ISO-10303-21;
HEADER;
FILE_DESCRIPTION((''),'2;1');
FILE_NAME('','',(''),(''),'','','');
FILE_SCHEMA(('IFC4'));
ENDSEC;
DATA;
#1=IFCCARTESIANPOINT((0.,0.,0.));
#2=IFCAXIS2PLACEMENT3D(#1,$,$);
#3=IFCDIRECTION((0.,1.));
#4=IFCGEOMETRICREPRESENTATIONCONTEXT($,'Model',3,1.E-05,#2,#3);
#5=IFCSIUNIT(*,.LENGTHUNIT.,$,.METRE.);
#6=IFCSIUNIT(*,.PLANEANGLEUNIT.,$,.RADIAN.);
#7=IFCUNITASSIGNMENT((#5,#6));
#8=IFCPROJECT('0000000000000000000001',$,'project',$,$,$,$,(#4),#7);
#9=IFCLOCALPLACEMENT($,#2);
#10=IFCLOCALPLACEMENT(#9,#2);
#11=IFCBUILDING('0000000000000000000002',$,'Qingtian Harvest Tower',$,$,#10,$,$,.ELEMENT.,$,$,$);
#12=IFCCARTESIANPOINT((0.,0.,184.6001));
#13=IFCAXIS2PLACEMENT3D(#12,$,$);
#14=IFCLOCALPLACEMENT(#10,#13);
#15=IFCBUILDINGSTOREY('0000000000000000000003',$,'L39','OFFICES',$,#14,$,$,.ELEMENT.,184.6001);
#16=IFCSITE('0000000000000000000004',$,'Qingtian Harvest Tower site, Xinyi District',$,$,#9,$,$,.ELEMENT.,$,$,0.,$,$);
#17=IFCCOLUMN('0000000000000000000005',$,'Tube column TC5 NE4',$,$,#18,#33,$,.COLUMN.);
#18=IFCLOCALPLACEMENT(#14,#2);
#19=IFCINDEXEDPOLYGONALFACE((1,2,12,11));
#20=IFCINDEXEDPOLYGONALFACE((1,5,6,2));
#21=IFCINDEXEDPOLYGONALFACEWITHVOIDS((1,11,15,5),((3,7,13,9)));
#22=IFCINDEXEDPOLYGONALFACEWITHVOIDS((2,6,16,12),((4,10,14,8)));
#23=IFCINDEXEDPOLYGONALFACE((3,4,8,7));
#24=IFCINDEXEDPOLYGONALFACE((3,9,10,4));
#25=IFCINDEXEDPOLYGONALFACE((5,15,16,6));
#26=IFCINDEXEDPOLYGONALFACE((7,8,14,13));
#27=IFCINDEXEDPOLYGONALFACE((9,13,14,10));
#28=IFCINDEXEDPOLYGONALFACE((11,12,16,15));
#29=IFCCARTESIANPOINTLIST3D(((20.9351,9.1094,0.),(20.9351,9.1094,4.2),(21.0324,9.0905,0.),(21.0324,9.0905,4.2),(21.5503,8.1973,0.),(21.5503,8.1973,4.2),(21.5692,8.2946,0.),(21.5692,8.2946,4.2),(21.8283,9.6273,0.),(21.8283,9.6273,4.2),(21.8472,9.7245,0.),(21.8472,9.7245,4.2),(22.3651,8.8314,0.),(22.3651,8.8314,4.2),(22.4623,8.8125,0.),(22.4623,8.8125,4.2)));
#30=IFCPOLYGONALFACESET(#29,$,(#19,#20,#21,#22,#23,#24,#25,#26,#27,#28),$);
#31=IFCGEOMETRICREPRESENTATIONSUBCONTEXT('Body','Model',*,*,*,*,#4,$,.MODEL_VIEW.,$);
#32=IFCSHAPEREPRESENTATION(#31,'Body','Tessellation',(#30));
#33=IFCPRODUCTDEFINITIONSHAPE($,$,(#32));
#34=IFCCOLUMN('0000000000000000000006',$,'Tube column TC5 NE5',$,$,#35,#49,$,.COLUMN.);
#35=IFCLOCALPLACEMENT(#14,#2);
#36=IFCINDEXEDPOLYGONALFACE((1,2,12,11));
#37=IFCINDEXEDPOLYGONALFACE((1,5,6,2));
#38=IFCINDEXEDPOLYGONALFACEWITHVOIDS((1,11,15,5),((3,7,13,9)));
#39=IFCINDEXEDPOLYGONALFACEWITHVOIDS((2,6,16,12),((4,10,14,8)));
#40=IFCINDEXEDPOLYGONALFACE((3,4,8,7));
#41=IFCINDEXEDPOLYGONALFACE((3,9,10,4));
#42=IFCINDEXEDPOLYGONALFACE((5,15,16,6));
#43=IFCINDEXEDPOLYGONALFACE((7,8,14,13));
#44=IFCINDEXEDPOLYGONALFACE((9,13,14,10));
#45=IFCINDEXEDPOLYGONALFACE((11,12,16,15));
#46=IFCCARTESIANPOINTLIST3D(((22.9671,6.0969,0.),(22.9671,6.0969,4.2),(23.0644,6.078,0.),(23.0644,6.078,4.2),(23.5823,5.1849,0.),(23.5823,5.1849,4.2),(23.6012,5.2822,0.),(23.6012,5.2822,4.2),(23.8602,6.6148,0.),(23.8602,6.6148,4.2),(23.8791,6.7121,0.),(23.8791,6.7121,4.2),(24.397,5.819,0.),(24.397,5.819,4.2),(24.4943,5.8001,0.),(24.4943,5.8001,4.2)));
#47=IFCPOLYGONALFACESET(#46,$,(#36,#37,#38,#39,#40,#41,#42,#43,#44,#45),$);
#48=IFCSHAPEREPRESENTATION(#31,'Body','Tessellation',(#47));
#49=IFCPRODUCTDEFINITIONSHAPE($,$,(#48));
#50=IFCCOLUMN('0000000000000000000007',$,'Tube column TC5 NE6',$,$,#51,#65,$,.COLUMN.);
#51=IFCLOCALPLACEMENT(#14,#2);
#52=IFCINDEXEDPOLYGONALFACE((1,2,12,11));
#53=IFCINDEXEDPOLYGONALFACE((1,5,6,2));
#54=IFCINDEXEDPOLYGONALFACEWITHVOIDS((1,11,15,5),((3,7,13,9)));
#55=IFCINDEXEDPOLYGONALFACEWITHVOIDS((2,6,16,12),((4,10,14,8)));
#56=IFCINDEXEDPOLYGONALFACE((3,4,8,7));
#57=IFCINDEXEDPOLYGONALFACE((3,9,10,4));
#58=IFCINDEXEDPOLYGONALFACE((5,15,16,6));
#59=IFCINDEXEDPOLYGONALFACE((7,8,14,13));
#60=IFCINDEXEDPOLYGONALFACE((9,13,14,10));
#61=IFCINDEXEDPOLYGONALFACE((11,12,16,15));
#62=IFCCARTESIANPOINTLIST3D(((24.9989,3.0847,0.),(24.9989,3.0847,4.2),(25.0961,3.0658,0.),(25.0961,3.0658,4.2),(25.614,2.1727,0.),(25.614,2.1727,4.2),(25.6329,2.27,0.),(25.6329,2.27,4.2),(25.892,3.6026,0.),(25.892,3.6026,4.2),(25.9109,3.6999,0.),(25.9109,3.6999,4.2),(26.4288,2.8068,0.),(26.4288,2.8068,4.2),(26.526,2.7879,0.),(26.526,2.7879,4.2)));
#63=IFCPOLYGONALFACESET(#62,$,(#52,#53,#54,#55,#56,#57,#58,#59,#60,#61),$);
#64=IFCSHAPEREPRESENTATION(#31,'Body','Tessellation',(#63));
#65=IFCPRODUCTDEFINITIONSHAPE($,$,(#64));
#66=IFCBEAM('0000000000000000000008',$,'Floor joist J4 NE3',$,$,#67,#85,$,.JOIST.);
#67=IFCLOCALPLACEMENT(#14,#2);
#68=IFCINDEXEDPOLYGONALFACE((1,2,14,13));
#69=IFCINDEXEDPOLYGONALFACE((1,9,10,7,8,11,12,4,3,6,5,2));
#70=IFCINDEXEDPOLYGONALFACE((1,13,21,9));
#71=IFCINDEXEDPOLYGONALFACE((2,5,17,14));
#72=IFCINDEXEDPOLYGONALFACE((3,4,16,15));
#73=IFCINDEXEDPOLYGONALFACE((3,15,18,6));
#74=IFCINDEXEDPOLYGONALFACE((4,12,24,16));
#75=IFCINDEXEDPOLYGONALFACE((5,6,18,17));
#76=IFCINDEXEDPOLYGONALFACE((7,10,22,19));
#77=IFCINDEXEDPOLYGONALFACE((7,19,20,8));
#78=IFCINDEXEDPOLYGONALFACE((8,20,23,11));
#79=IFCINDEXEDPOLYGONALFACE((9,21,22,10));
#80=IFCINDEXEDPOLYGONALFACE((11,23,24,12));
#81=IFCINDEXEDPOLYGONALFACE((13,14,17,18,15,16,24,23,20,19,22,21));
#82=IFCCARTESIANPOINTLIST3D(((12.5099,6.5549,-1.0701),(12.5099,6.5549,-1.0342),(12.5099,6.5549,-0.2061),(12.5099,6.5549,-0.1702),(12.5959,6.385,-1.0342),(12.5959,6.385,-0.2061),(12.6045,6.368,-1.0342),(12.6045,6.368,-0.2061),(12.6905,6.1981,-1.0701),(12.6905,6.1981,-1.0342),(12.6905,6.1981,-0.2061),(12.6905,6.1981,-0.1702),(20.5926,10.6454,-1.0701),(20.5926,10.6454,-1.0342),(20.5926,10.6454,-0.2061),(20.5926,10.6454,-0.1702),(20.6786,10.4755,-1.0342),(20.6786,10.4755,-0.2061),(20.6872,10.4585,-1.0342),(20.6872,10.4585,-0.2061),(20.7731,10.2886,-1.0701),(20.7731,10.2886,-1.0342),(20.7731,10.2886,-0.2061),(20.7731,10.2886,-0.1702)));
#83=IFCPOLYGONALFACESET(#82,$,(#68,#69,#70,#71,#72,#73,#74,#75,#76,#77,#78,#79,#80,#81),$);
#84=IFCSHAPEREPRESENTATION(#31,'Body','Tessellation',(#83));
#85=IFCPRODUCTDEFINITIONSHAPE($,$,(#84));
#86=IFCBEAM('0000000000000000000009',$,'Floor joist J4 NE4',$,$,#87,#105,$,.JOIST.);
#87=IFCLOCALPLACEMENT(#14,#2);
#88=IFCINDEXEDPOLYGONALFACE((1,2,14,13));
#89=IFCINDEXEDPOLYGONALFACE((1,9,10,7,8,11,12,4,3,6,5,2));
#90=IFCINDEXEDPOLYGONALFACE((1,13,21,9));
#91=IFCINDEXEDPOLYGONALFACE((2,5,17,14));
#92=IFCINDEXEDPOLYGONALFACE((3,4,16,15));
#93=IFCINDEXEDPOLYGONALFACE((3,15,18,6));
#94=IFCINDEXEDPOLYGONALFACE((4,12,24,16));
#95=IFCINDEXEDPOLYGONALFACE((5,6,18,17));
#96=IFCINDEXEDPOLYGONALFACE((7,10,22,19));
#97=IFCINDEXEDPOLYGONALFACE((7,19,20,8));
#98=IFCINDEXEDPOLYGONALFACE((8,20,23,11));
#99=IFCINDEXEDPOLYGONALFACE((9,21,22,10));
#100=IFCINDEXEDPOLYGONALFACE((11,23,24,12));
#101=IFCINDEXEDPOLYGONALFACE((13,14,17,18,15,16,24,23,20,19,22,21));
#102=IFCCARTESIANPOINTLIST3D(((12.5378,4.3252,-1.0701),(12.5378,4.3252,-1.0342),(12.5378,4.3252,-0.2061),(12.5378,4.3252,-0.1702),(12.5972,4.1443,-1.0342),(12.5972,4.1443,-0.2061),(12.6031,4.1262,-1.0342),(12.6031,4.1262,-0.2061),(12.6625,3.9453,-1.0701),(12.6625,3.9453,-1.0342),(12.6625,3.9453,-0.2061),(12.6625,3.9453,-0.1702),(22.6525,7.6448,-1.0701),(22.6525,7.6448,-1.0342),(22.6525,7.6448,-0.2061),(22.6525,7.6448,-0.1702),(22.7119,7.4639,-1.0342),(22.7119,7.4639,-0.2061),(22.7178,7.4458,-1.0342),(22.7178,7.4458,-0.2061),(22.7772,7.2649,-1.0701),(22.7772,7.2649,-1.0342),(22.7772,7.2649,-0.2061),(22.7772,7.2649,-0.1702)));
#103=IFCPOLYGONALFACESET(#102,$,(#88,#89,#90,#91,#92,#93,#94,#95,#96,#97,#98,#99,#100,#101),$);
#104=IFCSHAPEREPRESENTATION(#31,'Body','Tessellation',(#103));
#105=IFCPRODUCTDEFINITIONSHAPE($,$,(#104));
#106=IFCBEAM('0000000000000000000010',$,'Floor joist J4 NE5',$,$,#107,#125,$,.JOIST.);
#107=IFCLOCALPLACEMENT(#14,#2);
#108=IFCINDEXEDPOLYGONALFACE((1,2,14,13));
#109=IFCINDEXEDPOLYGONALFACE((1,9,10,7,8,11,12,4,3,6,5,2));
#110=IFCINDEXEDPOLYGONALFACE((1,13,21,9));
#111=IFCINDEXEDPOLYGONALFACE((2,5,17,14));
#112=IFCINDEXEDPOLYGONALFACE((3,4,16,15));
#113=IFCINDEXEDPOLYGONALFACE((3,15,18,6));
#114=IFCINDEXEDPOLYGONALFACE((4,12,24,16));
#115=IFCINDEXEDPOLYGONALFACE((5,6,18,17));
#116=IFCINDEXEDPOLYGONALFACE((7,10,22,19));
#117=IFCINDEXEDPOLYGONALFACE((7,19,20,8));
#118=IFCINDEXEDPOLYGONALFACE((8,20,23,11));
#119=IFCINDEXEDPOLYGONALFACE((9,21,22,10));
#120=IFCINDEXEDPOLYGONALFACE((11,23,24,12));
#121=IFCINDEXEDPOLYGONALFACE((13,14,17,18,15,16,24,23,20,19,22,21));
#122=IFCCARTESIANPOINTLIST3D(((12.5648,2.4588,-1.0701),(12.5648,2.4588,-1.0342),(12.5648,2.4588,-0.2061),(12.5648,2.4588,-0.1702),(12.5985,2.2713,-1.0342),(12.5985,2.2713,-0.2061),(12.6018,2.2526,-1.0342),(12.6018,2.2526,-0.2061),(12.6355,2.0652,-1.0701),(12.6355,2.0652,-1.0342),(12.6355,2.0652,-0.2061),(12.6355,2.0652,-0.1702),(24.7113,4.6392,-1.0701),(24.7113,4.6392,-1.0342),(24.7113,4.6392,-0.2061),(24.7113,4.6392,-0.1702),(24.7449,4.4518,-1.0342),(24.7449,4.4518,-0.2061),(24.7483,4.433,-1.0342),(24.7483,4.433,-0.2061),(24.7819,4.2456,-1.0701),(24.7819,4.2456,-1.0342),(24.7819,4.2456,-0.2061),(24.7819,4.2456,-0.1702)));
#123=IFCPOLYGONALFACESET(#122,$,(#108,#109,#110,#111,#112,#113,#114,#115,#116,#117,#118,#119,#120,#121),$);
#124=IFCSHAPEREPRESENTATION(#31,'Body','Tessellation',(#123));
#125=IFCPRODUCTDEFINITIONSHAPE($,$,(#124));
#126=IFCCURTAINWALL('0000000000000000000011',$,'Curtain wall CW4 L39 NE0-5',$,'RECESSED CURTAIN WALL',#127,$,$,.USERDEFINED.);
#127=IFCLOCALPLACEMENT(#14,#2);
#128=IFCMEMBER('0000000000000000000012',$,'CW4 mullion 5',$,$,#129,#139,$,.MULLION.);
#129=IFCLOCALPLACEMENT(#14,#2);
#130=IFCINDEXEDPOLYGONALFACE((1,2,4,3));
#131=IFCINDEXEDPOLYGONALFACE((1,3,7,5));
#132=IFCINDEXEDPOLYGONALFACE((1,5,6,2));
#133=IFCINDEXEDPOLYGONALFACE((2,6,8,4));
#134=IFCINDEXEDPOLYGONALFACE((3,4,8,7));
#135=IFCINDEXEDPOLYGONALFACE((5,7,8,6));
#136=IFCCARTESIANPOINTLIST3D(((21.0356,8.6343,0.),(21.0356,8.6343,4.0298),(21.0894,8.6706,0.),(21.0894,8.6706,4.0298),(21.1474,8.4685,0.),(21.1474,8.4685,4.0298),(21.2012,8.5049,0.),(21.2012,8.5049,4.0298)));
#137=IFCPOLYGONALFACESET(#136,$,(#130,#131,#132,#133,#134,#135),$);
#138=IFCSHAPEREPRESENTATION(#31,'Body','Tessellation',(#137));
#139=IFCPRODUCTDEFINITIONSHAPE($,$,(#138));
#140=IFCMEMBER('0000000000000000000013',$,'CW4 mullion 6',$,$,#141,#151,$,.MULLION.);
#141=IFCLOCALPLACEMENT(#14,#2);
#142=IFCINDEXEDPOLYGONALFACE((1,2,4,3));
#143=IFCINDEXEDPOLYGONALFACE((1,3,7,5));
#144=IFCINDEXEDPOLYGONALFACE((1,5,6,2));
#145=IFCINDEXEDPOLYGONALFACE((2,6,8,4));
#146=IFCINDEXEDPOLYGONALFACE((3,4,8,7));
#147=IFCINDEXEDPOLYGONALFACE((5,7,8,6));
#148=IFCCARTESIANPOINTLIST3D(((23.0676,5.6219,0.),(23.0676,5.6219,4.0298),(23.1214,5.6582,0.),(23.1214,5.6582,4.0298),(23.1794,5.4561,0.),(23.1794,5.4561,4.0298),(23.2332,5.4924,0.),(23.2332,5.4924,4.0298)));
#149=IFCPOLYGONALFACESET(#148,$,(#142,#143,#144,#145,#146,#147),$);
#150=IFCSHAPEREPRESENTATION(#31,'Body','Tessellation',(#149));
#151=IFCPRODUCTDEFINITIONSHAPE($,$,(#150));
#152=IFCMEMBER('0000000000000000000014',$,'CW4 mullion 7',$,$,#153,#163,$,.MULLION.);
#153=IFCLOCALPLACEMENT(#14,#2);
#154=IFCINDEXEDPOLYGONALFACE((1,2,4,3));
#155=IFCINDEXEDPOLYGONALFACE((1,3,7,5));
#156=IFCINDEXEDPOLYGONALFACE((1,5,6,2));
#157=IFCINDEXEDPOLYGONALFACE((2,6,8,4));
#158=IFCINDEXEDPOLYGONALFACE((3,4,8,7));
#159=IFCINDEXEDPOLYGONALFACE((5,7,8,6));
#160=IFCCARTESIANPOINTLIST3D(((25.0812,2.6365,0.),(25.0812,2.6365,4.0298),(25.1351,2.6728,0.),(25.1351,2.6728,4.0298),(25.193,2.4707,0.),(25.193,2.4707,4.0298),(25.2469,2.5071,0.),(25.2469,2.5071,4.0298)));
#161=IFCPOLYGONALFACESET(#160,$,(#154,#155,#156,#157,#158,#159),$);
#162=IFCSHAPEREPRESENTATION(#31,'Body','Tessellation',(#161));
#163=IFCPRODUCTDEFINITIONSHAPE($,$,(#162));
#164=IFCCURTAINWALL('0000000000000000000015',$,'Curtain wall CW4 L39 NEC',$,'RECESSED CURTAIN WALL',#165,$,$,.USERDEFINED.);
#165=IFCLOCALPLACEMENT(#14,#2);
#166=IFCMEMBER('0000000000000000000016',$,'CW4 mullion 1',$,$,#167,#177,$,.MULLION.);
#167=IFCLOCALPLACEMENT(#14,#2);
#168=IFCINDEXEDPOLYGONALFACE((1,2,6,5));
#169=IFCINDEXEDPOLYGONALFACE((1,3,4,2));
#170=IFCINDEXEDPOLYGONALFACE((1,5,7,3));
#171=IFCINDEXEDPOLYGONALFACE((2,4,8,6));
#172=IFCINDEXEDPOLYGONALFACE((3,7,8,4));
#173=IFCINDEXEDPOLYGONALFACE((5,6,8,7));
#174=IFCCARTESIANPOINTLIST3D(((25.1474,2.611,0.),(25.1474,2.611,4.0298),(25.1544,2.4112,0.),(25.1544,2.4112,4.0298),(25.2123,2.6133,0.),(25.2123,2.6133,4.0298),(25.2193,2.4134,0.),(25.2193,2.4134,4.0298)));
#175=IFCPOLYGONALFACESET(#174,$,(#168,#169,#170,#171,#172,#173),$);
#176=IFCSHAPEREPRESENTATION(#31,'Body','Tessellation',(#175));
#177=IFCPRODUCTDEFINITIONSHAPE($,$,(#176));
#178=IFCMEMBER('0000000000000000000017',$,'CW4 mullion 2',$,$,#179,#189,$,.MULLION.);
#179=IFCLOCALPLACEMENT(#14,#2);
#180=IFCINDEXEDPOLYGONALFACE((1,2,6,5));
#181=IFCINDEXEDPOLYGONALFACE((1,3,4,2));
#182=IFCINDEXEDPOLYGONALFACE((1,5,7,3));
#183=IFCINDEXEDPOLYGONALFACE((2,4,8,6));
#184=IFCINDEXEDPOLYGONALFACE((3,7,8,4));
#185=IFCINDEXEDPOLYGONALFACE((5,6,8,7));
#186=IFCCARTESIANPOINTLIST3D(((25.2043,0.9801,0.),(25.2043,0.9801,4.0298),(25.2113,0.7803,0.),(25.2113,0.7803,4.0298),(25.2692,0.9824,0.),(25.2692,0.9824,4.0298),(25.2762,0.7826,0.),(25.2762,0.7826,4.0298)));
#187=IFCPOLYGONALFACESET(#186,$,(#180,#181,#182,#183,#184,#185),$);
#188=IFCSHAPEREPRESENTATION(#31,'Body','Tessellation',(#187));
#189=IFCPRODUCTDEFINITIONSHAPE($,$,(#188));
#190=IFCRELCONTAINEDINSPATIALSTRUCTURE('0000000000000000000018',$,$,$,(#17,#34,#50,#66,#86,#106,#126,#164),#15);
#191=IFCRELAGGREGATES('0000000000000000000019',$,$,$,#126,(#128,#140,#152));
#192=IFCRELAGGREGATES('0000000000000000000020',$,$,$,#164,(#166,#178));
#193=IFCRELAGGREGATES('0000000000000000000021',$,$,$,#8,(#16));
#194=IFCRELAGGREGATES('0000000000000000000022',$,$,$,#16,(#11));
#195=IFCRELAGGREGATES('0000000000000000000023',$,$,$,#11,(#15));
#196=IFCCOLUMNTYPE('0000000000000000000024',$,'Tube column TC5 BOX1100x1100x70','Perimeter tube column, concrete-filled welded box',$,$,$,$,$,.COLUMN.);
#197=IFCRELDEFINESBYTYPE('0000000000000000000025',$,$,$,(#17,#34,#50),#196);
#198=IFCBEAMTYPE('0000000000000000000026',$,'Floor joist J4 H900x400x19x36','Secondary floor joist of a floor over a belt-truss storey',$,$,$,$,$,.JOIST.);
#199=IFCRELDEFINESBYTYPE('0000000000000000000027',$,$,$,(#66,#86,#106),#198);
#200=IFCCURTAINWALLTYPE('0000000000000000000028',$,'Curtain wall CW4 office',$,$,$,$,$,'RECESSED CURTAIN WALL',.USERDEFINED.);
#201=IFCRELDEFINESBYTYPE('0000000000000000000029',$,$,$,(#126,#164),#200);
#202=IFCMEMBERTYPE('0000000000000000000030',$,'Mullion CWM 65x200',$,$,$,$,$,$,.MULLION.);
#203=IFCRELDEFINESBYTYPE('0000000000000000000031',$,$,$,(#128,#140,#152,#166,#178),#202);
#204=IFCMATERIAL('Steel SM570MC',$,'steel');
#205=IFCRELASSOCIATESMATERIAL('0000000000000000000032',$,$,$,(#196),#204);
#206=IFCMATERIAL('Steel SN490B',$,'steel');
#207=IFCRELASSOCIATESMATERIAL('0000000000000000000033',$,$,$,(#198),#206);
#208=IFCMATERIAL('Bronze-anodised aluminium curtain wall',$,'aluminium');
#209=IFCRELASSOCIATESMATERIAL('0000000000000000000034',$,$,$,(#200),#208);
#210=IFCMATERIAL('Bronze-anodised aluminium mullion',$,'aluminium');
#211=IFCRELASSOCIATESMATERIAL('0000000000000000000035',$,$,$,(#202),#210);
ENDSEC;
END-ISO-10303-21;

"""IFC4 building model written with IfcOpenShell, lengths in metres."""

from ifc_helpers import new_model, si_unit, direction, frame, origin, origin_2d, place, context, subcontext, project, spatial, rectangle, hollow_rectangle, i_section, extrude, material, material_profile, profile_set, type_object, element, aggregate, save


model = new_model("IFC4")

# Units and contexts
model_context = context("Model", 3, precision=1e-05, world=origin(), true_north=direction((0.0, 1.0)))
body_context = subcontext(model_context, "Body", "Model", "MODEL_VIEW")
ifc_project = project(units=[si_unit("LENGTHUNIT", "METRE"), si_unit("PLANEANGLEUNIT", "RADIAN")], contexts=[model_context])

# Site, building, storey
site_placement = place(None, origin())
site = spatial("IfcSite", under=ifc_project, at=site_placement, Name="Qingtian Harvest Tower site, Xinyi District", CompositionType="ELEMENT", RefElevation=0.0)
building_placement = place(site_placement, origin())
building = spatial("IfcBuilding", under=site, at=building_placement, Name="Qingtian Harvest Tower", CompositionType="ELEMENT")
storey_placement = place(building_placement, frame((0.0, 0.0, 184.6001)))
storey = spatial("IfcBuildingStorey", under=building, at=storey_placement, Name="L39", Description="OFFICES", CompositionType="ELEMENT", Elevation=184.6001)

# Columns
ifc_material_1 = material(Name="Steel SM570MC", Category="steel")
ifc_material_profile_1 = material_profile(ifc_material_1, hollow_rectangle(XDim=1.1001, YDim=1.1001, WallThickness=0.0701, at=origin_2d()), Name="BOX1100x1100x70")
ifc_profile_set_1 = profile_set([ifc_material_profile_1], Name="Steel SM570MC")
column_type = type_object("IfcColumnType", Name="Tube column TC5 BOX1100x1100x70", Description="Perimeter tube column, concrete-filled welded box", PredefinedType="COLUMN", material=ifc_profile_set_1)
for number, where, z_axis, x_axis, name in (
    (1, (21.6987, 8.9609, 0.0), (0.0, 0.0, 1.0), (-0.559193, 0.829038, 0.0), "Tube column TC5 NE4"),
    (2, (23.7307, 5.9485, 0.0), (0.0, 0.0, 1.0), (-0.559193, 0.829038, 0.0), "Tube column TC5 NE5"),
    (3, (25.7625, 2.9363, 0.0), (0.0, 0.0, 1.0), (-0.559193, 0.829038, 0.0), "Tube column TC5 NE6"),
):
    element("IfcColumn", number, at=place(storey_placement, frame(where, z_axis=z_axis, x_axis=x_axis)), inside=storey, type_object=column_type, Name=name, PredefinedType="COLUMN", context=body_context, shape_type="SweptSolid", body=[
        extrude(hollow_rectangle(XDim=1.1001, YDim=1.1001, WallThickness=0.0701, at=origin_2d()), origin(), (0.0, 0.0, 1.0), 4.2),
    ])

# Beams
ifc_material_2 = material(Name="Steel SN490B", Category="steel")
ifc_material_profile_2 = material_profile(ifc_material_2, i_section(OverallWidth=0.3999, OverallDepth=0.8999, WebThickness=0.019, FlangeThickness=0.0359, at=origin_2d()), Name="H900x400x19x36")
ifc_profile_set_2 = profile_set([ifc_material_profile_2], Name="Steel SN490B")
beam_type_1 = type_object("IfcBeamType", Name="Floor joist J4 H900x400x19x36", Description="Secondary floor joist of a floor over a belt-truss storey", PredefinedType="JOIST", material=ifc_profile_set_2)
beam_1_placement = place(storey_placement, frame((20.6829, 10.467, -0.6201), z_axis=(-0.892244, -0.451553, 0.0), x_axis=(0.451553, -0.892244, 0.0)))
element("IfcBeam", 4, at=beam_1_placement, inside=storey, type_object=beam_type_1, Name="Floor joist J4 NE3", PredefinedType="JOIST", context=body_context, shape_type="SweptSolid", body=[
    extrude(i_section(OverallWidth=0.3999, OverallDepth=0.8999, WebThickness=0.019, FlangeThickness=0.0359, at=origin_2d()), origin(), (0.0, 0.0, 1.0), 9.0588),
])
beam_2_placement = place(storey_placement, frame((22.7148, 7.4548, -0.6201), z_axis=(-0.950139, -0.311828, 0.0), x_axis=(0.311828, -0.950139, 0.0)))
element("IfcBeam", 5, at=beam_2_placement, inside=storey, type_object=beam_type_1, Name="Floor joist J4 NE4", PredefinedType="JOIST", context=body_context, shape_type="SweptSolid", body=[
    extrude(i_section(OverallWidth=0.3999, OverallDepth=0.8999, WebThickness=0.019, FlangeThickness=0.0359, at=origin_2d()), origin(), (0.0, 0.0, 1.0), 10.6455),
])
beam_3_placement = place(storey_placement, frame((24.7466, 4.4424, -0.6201), z_axis=(-0.984267, -0.176686, 0.0), x_axis=(0.176686, -0.984267, 0.0)))
element("IfcBeam", 6, at=beam_3_placement, inside=storey, type_object=beam_type_1, Name="Floor joist J4 NE5", PredefinedType="JOIST", context=body_context, shape_type="SweptSolid", body=[
    extrude(i_section(OverallWidth=0.3999, OverallDepth=0.8999, WebThickness=0.019, FlangeThickness=0.0359, at=origin_2d()), origin(), (0.0, 0.0, 1.0), 12.3406),
])

# Curtain walls, members
ifc_material_3 = material(Name="Bronze-anodised aluminium curtain wall", Category="aluminium")
curtain_wall_type = type_object("IfcCurtainWallType", Name="Curtain wall CW4 office", ElementType="RECESSED CURTAIN WALL", PredefinedType="USERDEFINED", material=ifc_material_3)
curtain_wall_1_placement = place(storey_placement, origin())
curtain_wall_1 = element("IfcCurtainWall", 7, at=curtain_wall_1_placement, inside=storey, type_object=curtain_wall_type, Name="Curtain wall CW4 L39 NE0-5", ObjectType="RECESSED CURTAIN WALL", PredefinedType="USERDEFINED")
ifc_material_4 = material(Name="Bronze-anodised aluminium mullion", Category="aluminium")
ifc_material_profile_3 = material_profile(ifc_material_4, rectangle(XDim=0.0649, YDim=0.2, at=origin_2d()), Name="AL 65x200")
ifc_profile_set_3 = profile_set([ifc_material_profile_3], Name="Bronze-anodised aluminium mullion")
member_type_1 = type_object("IfcMemberType", Name="Mullion CWM 65x200", PredefinedType="MULLION", material=ifc_profile_set_3)
member_1_placement = place(storey_placement, frame((21.1184, 8.5696, 0.0), z_axis=(0.0, 0.0, 1.0), x_axis=(0.829038, 0.559193, 0.0)))
member_1 = element("IfcMember", 8, at=member_1_placement, type_object=member_type_1, Name="CW4 mullion 5", PredefinedType="MULLION", context=body_context, shape_type="SweptSolid", body=[
    extrude(rectangle(XDim=0.0649, YDim=0.2, at=origin_2d()), origin(), (0.0, 0.0, 1.0), 4.0298),
])
member_2_placement = place(storey_placement, frame((23.1504, 5.5571, 0.0), z_axis=(0.0, 0.0, 1.0), x_axis=(0.829038, 0.559193, 0.0)))
member_2 = element("IfcMember", 9, at=member_2_placement, type_object=member_type_1, Name="CW4 mullion 6", PredefinedType="MULLION", context=body_context, shape_type="SweptSolid", body=[
    extrude(rectangle(XDim=0.0649, YDim=0.2, at=origin_2d()), origin(), (0.0, 0.0, 1.0), 4.0298),
])
member_3_placement = place(storey_placement, frame((25.1641, 2.5718, 0.0), z_axis=(0.0, 0.0, 1.0), x_axis=(0.829038, 0.559193, 0.0)))
member_3 = element("IfcMember", 10, at=member_3_placement, type_object=member_type_1, Name="CW4 mullion 7", PredefinedType="MULLION", context=body_context, shape_type="SweptSolid", body=[
    extrude(rectangle(XDim=0.0649, YDim=0.2, at=origin_2d()), origin(), (0.0, 0.0, 1.0), 4.0298),
])
curtain_wall_2_placement = place(storey_placement, origin())
curtain_wall_2 = element("IfcCurtainWall", 11, at=curtain_wall_2_placement, inside=storey, type_object=curtain_wall_type, Name="Curtain wall CW4 L39 NEC", ObjectType="RECESSED CURTAIN WALL", PredefinedType="USERDEFINED")
member_4_placement = place(storey_placement, frame((25.1833, 2.5122, 0.0), z_axis=(0.0, 0.0, 1.0), x_axis=(0.999391, 0.034899, 0.0)))
member_4 = element("IfcMember", 12, at=member_4_placement, type_object=member_type_1, Name="CW4 mullion 1", PredefinedType="MULLION", context=body_context, shape_type="SweptSolid", body=[
    extrude(rectangle(XDim=0.0649, YDim=0.2, at=origin_2d()), origin(), (0.0, 0.0, 1.0), 4.0298),
])
member_5_placement = place(storey_placement, frame((25.2402, 0.8813, 0.0), z_axis=(0.0, 0.0, 1.0), x_axis=(0.999391, 0.034899, 0.0)))
member_5 = element("IfcMember", 13, at=member_5_placement, type_object=member_type_1, Name="CW4 mullion 2", PredefinedType="MULLION", context=body_context, shape_type="SweptSolid", body=[
    extrude(rectangle(XDim=0.0649, YDim=0.2, at=origin_2d()), origin(), (0.0, 0.0, 1.0), 4.0298),
])

aggregate(curtain_wall_1, [member_1, member_2, member_3])
aggregate(curtain_wall_2, [member_4, member_5])

save(model, "model.ifc")
